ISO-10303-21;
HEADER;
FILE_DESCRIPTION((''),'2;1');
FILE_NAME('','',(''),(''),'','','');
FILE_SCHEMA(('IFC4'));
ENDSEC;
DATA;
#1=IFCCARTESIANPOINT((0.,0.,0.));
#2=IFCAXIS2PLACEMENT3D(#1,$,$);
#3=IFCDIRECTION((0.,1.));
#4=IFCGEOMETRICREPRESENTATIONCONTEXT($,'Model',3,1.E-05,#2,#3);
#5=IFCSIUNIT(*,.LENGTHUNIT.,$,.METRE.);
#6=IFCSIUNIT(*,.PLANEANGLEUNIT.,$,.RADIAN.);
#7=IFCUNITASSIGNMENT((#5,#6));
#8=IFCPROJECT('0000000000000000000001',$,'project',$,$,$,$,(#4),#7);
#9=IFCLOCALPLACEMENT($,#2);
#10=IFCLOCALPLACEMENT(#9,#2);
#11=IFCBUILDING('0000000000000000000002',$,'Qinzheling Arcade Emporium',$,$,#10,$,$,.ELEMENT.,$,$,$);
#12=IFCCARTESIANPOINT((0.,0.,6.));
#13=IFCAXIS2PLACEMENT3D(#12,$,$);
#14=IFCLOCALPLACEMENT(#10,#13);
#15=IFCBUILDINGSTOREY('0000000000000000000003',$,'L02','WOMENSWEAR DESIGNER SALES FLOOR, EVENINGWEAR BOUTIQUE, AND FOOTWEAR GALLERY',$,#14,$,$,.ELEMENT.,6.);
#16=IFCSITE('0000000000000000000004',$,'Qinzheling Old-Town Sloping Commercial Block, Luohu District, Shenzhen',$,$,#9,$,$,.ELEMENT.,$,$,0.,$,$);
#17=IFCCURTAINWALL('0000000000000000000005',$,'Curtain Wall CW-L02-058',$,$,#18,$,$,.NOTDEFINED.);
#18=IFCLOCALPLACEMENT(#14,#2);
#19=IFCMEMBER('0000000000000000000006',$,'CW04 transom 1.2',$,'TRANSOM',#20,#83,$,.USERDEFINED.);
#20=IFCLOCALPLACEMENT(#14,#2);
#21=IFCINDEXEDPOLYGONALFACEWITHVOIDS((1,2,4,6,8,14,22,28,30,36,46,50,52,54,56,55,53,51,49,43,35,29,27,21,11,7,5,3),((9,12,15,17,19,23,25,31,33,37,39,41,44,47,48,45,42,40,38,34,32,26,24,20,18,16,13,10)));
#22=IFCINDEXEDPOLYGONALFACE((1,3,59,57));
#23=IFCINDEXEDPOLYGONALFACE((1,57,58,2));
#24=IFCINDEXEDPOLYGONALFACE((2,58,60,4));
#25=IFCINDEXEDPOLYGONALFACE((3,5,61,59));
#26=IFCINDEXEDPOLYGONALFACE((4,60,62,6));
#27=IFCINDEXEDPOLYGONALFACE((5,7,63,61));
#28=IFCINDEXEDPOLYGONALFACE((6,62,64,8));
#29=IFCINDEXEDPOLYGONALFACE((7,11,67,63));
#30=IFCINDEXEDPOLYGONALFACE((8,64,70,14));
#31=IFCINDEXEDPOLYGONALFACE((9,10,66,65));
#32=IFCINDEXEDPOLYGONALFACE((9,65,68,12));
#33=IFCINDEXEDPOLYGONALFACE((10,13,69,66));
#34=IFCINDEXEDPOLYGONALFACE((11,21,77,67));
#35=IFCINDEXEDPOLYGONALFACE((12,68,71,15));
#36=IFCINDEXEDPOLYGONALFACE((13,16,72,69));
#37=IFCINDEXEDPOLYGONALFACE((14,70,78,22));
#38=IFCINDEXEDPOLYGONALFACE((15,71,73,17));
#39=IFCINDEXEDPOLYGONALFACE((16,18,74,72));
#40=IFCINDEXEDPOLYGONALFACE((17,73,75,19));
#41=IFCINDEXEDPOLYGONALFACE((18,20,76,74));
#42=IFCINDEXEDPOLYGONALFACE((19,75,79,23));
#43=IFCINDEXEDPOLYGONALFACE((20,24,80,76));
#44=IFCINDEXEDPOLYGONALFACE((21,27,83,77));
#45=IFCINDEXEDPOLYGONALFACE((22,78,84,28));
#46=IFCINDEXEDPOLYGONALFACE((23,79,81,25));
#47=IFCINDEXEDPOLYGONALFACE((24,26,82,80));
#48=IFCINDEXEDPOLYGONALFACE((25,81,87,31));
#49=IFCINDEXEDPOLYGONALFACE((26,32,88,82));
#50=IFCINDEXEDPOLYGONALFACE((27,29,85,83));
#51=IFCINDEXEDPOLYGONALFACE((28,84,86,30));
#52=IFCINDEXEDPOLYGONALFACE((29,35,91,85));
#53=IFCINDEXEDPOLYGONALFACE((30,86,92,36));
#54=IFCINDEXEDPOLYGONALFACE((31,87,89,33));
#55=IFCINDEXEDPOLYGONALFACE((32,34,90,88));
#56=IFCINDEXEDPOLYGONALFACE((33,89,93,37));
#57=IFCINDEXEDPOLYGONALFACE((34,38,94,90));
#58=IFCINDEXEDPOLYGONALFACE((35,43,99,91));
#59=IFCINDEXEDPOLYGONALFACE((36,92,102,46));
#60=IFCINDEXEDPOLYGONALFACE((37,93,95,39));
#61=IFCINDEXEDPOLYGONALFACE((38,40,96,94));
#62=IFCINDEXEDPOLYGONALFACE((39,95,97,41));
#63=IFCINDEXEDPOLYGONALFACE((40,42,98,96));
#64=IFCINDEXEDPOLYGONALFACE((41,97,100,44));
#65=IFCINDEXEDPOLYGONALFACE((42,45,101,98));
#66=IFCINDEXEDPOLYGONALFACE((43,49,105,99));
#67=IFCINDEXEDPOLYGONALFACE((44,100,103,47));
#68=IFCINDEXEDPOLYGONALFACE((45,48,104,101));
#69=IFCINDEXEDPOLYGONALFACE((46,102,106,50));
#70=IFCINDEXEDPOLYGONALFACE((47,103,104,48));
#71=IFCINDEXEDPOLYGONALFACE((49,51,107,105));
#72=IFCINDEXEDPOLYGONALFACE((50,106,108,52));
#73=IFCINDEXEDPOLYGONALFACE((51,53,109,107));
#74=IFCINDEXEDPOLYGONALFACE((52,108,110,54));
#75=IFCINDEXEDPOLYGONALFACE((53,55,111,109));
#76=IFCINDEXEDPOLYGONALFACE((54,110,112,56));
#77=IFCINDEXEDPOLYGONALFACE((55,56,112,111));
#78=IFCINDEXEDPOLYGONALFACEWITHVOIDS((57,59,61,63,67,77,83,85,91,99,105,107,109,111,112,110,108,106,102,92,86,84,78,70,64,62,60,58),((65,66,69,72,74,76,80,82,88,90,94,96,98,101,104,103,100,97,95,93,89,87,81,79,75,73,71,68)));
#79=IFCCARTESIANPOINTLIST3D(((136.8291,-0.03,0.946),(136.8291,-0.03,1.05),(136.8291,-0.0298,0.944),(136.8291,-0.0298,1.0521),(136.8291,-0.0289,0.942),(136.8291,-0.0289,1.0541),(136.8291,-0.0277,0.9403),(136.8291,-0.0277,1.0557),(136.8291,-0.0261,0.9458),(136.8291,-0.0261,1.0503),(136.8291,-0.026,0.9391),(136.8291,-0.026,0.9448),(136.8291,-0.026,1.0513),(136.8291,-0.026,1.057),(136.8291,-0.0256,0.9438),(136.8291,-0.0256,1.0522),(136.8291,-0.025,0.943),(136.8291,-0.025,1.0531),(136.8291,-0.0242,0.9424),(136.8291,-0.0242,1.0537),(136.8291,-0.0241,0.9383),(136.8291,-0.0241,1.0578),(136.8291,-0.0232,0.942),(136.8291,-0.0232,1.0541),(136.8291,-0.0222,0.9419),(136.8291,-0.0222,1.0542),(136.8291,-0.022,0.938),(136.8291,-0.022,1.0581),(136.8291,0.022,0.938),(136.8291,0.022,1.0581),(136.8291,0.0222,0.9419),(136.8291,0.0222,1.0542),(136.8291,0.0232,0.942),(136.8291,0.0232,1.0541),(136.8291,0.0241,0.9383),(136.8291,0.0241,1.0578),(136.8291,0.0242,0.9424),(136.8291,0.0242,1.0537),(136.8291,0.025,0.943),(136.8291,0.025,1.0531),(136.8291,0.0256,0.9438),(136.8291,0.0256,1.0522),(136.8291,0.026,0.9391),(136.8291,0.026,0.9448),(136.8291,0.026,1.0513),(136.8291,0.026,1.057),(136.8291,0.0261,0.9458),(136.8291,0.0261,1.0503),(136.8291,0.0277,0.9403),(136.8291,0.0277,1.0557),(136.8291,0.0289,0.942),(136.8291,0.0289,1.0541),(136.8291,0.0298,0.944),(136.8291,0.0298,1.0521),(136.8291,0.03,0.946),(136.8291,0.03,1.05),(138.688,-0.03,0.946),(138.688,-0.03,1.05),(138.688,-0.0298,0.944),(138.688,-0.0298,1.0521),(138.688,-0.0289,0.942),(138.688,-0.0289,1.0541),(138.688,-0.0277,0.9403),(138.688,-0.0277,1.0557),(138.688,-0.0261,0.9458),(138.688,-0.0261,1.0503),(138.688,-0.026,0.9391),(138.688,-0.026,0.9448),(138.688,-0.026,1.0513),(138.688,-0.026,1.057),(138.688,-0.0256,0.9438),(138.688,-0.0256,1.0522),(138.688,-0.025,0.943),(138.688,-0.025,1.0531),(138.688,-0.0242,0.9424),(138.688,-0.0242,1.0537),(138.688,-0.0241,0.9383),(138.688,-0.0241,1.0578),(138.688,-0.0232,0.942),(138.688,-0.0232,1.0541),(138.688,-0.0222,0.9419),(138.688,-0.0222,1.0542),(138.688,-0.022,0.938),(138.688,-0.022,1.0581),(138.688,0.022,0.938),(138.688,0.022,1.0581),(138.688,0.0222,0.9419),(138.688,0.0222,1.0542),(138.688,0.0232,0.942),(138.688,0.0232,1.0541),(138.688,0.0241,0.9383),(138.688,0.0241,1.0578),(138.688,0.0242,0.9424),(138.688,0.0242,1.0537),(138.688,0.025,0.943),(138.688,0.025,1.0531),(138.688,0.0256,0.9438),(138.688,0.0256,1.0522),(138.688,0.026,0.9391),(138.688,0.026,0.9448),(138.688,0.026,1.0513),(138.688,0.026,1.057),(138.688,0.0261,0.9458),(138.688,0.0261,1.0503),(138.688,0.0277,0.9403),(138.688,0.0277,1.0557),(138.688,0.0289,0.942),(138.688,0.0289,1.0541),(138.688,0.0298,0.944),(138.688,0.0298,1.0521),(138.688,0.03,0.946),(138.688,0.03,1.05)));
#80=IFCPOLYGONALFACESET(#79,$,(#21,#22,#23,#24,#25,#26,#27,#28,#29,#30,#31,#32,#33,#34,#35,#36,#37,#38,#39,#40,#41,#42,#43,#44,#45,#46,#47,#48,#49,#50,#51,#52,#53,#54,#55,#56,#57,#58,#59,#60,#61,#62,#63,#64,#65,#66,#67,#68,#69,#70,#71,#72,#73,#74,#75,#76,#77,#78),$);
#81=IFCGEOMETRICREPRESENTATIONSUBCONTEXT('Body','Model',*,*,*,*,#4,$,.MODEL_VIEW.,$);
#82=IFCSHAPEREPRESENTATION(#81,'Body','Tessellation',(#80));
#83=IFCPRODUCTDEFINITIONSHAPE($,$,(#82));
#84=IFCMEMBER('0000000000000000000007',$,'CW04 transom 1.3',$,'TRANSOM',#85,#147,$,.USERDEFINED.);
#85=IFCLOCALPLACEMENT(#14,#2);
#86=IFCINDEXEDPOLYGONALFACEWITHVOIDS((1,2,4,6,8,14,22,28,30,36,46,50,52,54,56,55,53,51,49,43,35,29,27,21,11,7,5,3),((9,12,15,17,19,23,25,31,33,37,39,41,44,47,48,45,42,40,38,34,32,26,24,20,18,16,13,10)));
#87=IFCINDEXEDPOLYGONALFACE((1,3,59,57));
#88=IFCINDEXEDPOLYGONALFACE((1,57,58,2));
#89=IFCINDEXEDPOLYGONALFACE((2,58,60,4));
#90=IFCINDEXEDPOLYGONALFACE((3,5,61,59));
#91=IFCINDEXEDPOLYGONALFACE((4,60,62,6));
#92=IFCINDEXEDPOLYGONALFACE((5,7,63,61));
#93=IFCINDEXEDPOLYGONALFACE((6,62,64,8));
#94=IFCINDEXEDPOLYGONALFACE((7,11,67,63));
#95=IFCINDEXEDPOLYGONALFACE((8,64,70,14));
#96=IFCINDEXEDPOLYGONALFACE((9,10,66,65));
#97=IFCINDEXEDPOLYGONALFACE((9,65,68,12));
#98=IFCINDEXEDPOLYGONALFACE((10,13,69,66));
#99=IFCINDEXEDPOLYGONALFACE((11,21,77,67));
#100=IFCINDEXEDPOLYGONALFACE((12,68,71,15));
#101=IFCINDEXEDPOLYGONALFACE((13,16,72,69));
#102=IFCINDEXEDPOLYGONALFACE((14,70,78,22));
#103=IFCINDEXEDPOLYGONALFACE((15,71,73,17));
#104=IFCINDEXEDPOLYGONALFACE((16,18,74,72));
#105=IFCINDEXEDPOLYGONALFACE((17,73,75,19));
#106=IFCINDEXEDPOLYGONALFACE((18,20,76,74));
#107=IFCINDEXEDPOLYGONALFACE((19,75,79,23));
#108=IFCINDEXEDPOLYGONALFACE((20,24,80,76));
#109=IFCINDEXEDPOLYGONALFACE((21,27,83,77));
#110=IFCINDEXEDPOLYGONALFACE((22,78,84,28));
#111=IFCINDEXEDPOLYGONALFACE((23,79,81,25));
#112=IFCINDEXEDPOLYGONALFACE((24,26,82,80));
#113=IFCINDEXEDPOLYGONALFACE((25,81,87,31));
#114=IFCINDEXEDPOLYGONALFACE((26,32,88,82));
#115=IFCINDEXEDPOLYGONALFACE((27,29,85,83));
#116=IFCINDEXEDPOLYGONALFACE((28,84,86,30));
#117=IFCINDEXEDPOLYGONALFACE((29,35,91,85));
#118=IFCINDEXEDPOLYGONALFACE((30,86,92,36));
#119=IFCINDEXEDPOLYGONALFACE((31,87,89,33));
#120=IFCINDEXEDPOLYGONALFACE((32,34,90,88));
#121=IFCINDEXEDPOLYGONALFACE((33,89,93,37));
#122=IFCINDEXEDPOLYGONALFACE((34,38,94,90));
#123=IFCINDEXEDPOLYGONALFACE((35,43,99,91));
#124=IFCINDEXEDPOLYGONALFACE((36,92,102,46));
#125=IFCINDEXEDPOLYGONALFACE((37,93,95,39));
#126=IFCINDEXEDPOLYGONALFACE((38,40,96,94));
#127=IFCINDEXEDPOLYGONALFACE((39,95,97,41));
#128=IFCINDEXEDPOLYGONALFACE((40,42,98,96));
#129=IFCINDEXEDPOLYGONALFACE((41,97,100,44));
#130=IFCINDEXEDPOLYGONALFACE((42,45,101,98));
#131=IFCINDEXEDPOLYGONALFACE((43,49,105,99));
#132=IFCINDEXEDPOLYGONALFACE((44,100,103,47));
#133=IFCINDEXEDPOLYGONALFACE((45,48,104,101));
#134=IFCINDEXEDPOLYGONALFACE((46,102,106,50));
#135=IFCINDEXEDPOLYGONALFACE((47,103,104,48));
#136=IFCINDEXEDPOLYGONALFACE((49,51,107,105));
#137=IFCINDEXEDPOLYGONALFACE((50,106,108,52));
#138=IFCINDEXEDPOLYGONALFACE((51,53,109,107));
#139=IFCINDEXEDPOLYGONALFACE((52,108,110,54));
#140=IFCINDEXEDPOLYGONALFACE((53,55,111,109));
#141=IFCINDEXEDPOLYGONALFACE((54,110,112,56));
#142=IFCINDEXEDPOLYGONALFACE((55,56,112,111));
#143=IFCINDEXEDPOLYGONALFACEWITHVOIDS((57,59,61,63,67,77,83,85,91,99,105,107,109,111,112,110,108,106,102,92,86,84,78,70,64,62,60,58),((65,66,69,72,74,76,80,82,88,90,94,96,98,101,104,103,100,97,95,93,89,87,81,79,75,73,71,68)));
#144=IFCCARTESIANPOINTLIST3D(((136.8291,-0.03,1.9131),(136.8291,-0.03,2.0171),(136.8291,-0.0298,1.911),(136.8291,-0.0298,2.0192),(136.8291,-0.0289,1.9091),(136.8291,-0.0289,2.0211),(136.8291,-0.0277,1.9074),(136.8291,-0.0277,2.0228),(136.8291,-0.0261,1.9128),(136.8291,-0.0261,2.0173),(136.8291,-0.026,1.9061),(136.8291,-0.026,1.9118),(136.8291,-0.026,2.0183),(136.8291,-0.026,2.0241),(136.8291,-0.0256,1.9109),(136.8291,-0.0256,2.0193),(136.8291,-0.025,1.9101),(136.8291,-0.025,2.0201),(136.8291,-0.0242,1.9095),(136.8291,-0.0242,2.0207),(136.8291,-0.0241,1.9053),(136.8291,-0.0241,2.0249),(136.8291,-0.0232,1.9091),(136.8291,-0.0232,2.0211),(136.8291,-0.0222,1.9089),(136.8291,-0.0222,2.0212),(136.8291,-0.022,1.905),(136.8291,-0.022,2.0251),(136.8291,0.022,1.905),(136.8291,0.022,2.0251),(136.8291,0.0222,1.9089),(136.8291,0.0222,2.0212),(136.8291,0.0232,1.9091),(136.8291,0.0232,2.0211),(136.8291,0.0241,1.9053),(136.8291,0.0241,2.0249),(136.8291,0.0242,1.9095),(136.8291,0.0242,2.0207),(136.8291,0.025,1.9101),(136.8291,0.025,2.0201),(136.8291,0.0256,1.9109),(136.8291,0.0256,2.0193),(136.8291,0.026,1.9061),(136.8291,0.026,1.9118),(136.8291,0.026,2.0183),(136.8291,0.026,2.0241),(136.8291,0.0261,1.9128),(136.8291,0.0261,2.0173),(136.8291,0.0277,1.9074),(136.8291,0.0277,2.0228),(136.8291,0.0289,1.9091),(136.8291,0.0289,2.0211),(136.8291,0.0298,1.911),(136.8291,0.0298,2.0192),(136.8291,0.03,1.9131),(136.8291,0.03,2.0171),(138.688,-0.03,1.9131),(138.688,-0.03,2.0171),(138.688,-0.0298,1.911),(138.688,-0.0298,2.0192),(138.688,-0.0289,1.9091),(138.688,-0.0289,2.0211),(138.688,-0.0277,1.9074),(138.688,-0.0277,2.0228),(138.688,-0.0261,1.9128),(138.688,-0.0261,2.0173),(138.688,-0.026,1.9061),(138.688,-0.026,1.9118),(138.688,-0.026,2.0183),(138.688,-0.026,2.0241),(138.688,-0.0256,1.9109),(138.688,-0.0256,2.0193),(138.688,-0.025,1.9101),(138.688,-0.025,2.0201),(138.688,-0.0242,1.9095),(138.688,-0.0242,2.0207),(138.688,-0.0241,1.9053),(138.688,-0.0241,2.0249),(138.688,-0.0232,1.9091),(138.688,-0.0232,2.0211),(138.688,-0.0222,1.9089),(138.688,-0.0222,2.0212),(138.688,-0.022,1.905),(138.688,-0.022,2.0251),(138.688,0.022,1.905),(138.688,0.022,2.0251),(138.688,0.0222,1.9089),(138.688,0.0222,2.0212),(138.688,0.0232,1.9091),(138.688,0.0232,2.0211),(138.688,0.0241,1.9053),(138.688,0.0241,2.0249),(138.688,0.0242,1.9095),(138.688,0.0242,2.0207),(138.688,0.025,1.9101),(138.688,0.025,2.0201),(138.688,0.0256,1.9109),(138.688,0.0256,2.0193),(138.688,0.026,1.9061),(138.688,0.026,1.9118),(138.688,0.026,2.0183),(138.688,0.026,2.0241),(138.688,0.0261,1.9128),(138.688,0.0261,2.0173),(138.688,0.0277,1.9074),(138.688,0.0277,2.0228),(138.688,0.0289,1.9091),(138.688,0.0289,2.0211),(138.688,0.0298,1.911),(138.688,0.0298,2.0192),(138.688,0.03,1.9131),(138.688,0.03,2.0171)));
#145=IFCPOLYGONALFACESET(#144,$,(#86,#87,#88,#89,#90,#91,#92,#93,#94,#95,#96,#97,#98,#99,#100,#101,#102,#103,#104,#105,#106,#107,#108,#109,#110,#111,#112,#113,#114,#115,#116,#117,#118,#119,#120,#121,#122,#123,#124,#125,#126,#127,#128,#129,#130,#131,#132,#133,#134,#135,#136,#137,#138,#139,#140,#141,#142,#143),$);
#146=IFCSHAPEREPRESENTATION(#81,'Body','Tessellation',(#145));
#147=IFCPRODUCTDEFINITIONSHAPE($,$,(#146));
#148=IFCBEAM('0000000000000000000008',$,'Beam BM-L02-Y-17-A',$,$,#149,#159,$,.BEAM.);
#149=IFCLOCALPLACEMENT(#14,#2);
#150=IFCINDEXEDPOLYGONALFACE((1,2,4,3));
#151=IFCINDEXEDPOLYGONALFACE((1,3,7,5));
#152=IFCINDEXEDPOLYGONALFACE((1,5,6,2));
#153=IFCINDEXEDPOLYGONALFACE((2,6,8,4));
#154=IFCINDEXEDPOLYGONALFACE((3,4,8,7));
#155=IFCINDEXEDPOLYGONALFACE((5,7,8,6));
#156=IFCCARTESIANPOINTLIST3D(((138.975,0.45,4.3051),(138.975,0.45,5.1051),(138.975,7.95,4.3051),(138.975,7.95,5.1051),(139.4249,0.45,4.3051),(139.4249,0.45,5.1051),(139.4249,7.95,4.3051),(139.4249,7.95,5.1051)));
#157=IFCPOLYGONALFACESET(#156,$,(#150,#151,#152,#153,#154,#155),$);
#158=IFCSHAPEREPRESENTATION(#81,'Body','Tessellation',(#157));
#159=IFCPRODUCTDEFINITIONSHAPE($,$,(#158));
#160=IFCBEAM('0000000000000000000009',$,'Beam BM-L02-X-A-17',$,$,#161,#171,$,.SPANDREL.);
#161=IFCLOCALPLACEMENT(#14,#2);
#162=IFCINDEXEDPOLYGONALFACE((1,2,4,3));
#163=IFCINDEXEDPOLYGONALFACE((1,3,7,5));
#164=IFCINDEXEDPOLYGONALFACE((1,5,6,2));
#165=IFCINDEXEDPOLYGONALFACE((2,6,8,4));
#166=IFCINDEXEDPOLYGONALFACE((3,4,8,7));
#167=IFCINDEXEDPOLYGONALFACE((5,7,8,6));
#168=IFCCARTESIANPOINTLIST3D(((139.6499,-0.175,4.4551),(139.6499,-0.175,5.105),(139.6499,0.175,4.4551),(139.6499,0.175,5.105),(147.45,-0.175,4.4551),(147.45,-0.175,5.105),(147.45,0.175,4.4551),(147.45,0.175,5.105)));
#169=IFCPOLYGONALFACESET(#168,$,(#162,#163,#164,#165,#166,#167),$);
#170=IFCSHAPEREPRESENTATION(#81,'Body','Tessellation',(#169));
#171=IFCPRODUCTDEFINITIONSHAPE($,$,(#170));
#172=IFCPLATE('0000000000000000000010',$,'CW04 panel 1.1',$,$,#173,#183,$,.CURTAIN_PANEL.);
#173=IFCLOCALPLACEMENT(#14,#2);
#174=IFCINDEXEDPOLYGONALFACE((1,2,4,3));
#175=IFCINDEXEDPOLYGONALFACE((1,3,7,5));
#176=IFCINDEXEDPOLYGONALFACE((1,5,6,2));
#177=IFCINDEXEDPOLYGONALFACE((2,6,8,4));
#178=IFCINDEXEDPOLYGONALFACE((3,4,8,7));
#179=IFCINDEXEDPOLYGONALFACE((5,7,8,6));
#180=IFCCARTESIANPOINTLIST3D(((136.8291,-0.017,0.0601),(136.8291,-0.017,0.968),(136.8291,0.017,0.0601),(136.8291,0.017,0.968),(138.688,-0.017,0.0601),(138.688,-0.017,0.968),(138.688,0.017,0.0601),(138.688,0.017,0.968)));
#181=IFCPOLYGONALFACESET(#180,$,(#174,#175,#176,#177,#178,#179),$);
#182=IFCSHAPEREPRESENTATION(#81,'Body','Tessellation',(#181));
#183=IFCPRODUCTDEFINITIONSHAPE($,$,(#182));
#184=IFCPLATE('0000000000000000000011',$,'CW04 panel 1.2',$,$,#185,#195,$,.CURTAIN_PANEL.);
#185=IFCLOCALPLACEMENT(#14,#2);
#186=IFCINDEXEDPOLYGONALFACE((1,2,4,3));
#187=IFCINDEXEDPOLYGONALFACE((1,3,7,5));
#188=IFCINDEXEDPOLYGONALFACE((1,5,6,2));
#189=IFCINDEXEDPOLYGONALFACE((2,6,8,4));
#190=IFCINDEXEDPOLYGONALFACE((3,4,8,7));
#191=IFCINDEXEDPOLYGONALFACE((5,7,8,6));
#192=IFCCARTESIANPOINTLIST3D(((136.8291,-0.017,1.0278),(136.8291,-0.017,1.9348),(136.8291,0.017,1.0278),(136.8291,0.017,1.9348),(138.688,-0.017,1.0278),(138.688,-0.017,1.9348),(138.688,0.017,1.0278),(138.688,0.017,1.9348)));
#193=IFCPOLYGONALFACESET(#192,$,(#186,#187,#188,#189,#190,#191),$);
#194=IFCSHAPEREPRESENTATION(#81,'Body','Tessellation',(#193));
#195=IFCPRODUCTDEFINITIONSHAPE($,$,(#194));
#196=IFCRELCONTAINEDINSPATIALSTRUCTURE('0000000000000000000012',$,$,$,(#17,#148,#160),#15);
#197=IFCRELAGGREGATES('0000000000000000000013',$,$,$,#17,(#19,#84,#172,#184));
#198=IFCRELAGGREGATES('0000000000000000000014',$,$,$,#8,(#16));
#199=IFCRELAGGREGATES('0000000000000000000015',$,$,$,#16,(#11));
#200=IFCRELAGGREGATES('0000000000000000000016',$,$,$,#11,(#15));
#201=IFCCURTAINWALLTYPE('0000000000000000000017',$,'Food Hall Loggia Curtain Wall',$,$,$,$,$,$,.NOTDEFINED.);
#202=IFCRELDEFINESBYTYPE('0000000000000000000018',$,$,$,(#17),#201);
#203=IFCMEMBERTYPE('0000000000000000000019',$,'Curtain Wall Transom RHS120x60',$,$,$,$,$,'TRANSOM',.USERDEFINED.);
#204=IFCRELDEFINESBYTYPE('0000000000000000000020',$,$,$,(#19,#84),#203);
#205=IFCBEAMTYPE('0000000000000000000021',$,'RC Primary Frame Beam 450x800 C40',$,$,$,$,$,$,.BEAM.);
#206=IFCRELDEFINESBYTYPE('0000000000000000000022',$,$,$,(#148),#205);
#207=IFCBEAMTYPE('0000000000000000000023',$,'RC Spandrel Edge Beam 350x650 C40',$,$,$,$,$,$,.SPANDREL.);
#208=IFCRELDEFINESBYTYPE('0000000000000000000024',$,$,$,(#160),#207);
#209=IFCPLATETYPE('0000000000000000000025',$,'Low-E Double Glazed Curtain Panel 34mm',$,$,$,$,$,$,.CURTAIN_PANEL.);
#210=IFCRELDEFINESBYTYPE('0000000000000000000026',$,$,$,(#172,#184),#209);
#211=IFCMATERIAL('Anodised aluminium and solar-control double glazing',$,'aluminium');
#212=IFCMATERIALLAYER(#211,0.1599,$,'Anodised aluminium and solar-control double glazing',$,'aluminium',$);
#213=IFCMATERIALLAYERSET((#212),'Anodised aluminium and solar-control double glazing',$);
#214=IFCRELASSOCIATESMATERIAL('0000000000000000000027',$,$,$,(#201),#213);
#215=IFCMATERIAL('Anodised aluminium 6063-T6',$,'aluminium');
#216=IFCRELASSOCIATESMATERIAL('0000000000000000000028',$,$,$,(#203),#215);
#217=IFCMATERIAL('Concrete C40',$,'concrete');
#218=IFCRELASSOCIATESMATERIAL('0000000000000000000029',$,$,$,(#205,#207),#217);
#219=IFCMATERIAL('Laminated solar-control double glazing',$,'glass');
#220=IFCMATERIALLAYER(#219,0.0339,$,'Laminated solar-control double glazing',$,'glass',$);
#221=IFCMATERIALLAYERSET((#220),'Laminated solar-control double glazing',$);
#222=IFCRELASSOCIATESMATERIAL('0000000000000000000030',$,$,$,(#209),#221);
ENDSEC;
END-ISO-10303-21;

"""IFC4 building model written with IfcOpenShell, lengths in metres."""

from ifc_helpers import new_model, si_unit, direction, frame, origin, origin_2d, place, context, subcontext, project, spatial, rectangle, hollow_rectangle, extrude, material, layer, layer_set, material_profile, profile_set, type_object, element, aggregate, save


model = new_model("IFC4")

# Units and contexts
model_context = context("Model", 3, precision=1e-05, world=origin(), true_north=direction((0.0, 1.0)))
body_context = subcontext(model_context, "Body", "Model", "MODEL_VIEW")
ifc_project = project(units=[si_unit("LENGTHUNIT", "METRE"), si_unit("PLANEANGLEUNIT", "RADIAN")], contexts=[model_context])

# Site, building, storey
site_placement = place(None, origin())
site = spatial("IfcSite", under=ifc_project, at=site_placement, Name="Qinzheling Old-Town Sloping Commercial Block, Luohu District, Shenzhen", CompositionType="ELEMENT", RefElevation=0.0)
building_placement = place(site_placement, origin())
building = spatial("IfcBuilding", under=site, at=building_placement, Name="Qinzheling Arcade Emporium", CompositionType="ELEMENT")
storey_placement = place(building_placement, frame((0.0, 0.0, 6.0)))
storey = spatial("IfcBuildingStorey", under=building, at=storey_placement, Name="L02", Description="WOMENSWEAR DESIGNER SALES FLOOR, EVENINGWEAR BOUTIQUE, AND FOOTWEAR GALLERY", CompositionType="ELEMENT", Elevation=6.0)

# Curtain wall, members
ifc_material_1 = material(Name="Anodised aluminium and solar-control double glazing", Category="aluminium")
ifc_layer_1 = layer(ifc_material_1, 0.1599, Name="Anodised aluminium and solar-control double glazing", Category="aluminium")
ifc_layer_set_1 = layer_set([ifc_layer_1], Name="Anodised aluminium and solar-control double glazing")
curtain_wall_type = type_object("IfcCurtainWallType", Name="Food Hall Loggia Curtain Wall", PredefinedType="NOTDEFINED", material=ifc_layer_set_1)
curtain_wall_placement = place(storey_placement, origin())
curtain_wall = element("IfcCurtainWall", 1, at=curtain_wall_placement, inside=storey, type_object=curtain_wall_type, Name="Curtain Wall CW-L02-058", PredefinedType="NOTDEFINED")
ifc_material_2 = material(Name="Anodised aluminium 6063-T6", Category="aluminium")
ifc_material_profile_1 = material_profile(ifc_material_2, hollow_rectangle(XDim=0.0601, YDim=0.1201, WallThickness=0.0039, InnerFilletRadius=0.0039, OuterFilletRadius=0.0081, at=origin_2d()), Name="RHS 120x60x4", Category="aluminium")
ifc_profile_set_1 = profile_set([ifc_material_profile_1], Name="Anodised aluminium 6063-T6")
member_type_1 = type_object("IfcMemberType", Name="Curtain Wall Transom RHS120x60", ElementType="TRANSOM", PredefinedType="USERDEFINED", material=ifc_profile_set_1)
member_1_placement = place(storey_placement, frame((138.688, 0.0, 0.998), z_axis=(-1.0, 0.0, 0.0), x_axis=(0.0, -1.0, 0.0)))
member_1 = element("IfcMember", 2, at=member_1_placement, type_object=member_type_1, Name="CW04 transom 1.2", ObjectType="TRANSOM", PredefinedType="USERDEFINED", context=body_context, shape_type="SweptSolid", body=[
    extrude(hollow_rectangle(XDim=0.0601, YDim=0.1201, WallThickness=0.0039, InnerFilletRadius=0.0039, OuterFilletRadius=0.0081, at=origin_2d()), origin(), (0.0, 0.0, 1.0), 1.8589),
])
member_2_placement = place(storey_placement, frame((138.688, 0.0, 1.9651), z_axis=(-1.0, 0.0, 0.0), x_axis=(0.0, -1.0, 0.0)))
member_2 = element("IfcMember", 3, at=member_2_placement, type_object=member_type_1, Name="CW04 transom 1.3", ObjectType="TRANSOM", PredefinedType="USERDEFINED", context=body_context, shape_type="SweptSolid", body=[
    extrude(hollow_rectangle(XDim=0.0601, YDim=0.1201, WallThickness=0.0039, InnerFilletRadius=0.0039, OuterFilletRadius=0.0081, at=origin_2d()), origin(), (0.0, 0.0, 1.0), 1.8589),
])

# Beams
ifc_material_3 = material(Name="Concrete C40", Category="concrete")
ifc_material_profile_2 = material_profile(ifc_material_3, rectangle(XDim=0.45, YDim=0.8, at=origin_2d()), Name="RC 450x800", Category="concrete")
ifc_profile_set_2 = profile_set([ifc_material_profile_2], Name="Concrete C40")
beam_type_1 = type_object("IfcBeamType", Name="RC Primary Frame Beam 450x800 C40", PredefinedType="BEAM", material=ifc_profile_set_2)
beam_1_placement = place(storey_placement, frame((139.2, 0.45, 4.7051), z_axis=(0.0, 1.0, 0.0), x_axis=(-1.0, 0.0, 0.0)))
element("IfcBeam", 4, at=beam_1_placement, inside=storey, type_object=beam_type_1, Name="Beam BM-L02-Y-17-A", PredefinedType="BEAM", context=body_context, shape_type="SweptSolid", body=[
    extrude(rectangle(XDim=0.45, YDim=0.8, at=origin_2d()), origin(), (0.0, 0.0, 1.0), 7.5),
])
ifc_material_profile_3 = material_profile(ifc_material_3, rectangle(XDim=0.3501, YDim=0.6499, at=origin_2d()), Name="RC 350x650", Category="concrete")
ifc_profile_set_3 = profile_set([ifc_material_profile_3], Name="Concrete C40")
beam_type_2 = type_object("IfcBeamType", Name="RC Spandrel Edge Beam 350x650 C40", PredefinedType="SPANDREL", material=ifc_profile_set_3)
beam_2_placement = place(storey_placement, frame((139.6499, 0.0, 4.78), z_axis=(1.0, 0.0, 0.0), x_axis=(0.0, 1.0, 0.0)))
element("IfcBeam", 5, at=beam_2_placement, inside=storey, type_object=beam_type_2, Name="Beam BM-L02-X-A-17", PredefinedType="SPANDREL", context=body_context, shape_type="SweptSolid", body=[
    extrude(rectangle(XDim=0.3501, YDim=0.6499, at=origin_2d()), origin(), (0.0, 0.0, 1.0), 7.8),
])

# Plates
ifc_material_4 = material(Name="Laminated solar-control double glazing", Category="glass")
ifc_layer_2 = layer(ifc_material_4, 0.0339, Name="Laminated solar-control double glazing", Category="glass")
ifc_layer_set_2 = layer_set([ifc_layer_2], Name="Laminated solar-control double glazing")
plate_type = type_object("IfcPlateType", Name="Low-E Double Glazed Curtain Panel 34mm", PredefinedType="CURTAIN_PANEL", material=ifc_layer_set_2)
plate_1_placement = place(storey_placement, frame((137.7585, 0.0, 0.0601), z_axis=(0.0, 0.0, 1.0), x_axis=(-1.0, 0.0, 0.0)))
plate_1 = element("IfcPlate", 6, at=plate_1_placement, type_object=plate_type, Name="CW04 panel 1.1", PredefinedType="CURTAIN_PANEL", context=body_context, shape_type="SweptSolid", body=[
    extrude(rectangle(XDim=1.8589, YDim=0.0339, at=origin_2d()), origin(), (0.0, 0.0, 1.0), 0.908),
])
plate_2_placement = place(storey_placement, frame((137.7585, 0.0, 1.0278), z_axis=(0.0, 0.0, 1.0), x_axis=(-1.0, 0.0, 0.0)))
plate_2 = element("IfcPlate", 7, at=plate_2_placement, type_object=plate_type, Name="CW04 panel 1.2", PredefinedType="CURTAIN_PANEL", context=body_context, shape_type="SweptSolid", body=[
    extrude(rectangle(XDim=1.8589, YDim=0.0339, at=origin_2d()), origin(), (0.0, 0.0, 1.0), 0.907),
])
aggregate(curtain_wall, [member_1, member_2, plate_1, plate_2])

save(model, "model.ifc")
